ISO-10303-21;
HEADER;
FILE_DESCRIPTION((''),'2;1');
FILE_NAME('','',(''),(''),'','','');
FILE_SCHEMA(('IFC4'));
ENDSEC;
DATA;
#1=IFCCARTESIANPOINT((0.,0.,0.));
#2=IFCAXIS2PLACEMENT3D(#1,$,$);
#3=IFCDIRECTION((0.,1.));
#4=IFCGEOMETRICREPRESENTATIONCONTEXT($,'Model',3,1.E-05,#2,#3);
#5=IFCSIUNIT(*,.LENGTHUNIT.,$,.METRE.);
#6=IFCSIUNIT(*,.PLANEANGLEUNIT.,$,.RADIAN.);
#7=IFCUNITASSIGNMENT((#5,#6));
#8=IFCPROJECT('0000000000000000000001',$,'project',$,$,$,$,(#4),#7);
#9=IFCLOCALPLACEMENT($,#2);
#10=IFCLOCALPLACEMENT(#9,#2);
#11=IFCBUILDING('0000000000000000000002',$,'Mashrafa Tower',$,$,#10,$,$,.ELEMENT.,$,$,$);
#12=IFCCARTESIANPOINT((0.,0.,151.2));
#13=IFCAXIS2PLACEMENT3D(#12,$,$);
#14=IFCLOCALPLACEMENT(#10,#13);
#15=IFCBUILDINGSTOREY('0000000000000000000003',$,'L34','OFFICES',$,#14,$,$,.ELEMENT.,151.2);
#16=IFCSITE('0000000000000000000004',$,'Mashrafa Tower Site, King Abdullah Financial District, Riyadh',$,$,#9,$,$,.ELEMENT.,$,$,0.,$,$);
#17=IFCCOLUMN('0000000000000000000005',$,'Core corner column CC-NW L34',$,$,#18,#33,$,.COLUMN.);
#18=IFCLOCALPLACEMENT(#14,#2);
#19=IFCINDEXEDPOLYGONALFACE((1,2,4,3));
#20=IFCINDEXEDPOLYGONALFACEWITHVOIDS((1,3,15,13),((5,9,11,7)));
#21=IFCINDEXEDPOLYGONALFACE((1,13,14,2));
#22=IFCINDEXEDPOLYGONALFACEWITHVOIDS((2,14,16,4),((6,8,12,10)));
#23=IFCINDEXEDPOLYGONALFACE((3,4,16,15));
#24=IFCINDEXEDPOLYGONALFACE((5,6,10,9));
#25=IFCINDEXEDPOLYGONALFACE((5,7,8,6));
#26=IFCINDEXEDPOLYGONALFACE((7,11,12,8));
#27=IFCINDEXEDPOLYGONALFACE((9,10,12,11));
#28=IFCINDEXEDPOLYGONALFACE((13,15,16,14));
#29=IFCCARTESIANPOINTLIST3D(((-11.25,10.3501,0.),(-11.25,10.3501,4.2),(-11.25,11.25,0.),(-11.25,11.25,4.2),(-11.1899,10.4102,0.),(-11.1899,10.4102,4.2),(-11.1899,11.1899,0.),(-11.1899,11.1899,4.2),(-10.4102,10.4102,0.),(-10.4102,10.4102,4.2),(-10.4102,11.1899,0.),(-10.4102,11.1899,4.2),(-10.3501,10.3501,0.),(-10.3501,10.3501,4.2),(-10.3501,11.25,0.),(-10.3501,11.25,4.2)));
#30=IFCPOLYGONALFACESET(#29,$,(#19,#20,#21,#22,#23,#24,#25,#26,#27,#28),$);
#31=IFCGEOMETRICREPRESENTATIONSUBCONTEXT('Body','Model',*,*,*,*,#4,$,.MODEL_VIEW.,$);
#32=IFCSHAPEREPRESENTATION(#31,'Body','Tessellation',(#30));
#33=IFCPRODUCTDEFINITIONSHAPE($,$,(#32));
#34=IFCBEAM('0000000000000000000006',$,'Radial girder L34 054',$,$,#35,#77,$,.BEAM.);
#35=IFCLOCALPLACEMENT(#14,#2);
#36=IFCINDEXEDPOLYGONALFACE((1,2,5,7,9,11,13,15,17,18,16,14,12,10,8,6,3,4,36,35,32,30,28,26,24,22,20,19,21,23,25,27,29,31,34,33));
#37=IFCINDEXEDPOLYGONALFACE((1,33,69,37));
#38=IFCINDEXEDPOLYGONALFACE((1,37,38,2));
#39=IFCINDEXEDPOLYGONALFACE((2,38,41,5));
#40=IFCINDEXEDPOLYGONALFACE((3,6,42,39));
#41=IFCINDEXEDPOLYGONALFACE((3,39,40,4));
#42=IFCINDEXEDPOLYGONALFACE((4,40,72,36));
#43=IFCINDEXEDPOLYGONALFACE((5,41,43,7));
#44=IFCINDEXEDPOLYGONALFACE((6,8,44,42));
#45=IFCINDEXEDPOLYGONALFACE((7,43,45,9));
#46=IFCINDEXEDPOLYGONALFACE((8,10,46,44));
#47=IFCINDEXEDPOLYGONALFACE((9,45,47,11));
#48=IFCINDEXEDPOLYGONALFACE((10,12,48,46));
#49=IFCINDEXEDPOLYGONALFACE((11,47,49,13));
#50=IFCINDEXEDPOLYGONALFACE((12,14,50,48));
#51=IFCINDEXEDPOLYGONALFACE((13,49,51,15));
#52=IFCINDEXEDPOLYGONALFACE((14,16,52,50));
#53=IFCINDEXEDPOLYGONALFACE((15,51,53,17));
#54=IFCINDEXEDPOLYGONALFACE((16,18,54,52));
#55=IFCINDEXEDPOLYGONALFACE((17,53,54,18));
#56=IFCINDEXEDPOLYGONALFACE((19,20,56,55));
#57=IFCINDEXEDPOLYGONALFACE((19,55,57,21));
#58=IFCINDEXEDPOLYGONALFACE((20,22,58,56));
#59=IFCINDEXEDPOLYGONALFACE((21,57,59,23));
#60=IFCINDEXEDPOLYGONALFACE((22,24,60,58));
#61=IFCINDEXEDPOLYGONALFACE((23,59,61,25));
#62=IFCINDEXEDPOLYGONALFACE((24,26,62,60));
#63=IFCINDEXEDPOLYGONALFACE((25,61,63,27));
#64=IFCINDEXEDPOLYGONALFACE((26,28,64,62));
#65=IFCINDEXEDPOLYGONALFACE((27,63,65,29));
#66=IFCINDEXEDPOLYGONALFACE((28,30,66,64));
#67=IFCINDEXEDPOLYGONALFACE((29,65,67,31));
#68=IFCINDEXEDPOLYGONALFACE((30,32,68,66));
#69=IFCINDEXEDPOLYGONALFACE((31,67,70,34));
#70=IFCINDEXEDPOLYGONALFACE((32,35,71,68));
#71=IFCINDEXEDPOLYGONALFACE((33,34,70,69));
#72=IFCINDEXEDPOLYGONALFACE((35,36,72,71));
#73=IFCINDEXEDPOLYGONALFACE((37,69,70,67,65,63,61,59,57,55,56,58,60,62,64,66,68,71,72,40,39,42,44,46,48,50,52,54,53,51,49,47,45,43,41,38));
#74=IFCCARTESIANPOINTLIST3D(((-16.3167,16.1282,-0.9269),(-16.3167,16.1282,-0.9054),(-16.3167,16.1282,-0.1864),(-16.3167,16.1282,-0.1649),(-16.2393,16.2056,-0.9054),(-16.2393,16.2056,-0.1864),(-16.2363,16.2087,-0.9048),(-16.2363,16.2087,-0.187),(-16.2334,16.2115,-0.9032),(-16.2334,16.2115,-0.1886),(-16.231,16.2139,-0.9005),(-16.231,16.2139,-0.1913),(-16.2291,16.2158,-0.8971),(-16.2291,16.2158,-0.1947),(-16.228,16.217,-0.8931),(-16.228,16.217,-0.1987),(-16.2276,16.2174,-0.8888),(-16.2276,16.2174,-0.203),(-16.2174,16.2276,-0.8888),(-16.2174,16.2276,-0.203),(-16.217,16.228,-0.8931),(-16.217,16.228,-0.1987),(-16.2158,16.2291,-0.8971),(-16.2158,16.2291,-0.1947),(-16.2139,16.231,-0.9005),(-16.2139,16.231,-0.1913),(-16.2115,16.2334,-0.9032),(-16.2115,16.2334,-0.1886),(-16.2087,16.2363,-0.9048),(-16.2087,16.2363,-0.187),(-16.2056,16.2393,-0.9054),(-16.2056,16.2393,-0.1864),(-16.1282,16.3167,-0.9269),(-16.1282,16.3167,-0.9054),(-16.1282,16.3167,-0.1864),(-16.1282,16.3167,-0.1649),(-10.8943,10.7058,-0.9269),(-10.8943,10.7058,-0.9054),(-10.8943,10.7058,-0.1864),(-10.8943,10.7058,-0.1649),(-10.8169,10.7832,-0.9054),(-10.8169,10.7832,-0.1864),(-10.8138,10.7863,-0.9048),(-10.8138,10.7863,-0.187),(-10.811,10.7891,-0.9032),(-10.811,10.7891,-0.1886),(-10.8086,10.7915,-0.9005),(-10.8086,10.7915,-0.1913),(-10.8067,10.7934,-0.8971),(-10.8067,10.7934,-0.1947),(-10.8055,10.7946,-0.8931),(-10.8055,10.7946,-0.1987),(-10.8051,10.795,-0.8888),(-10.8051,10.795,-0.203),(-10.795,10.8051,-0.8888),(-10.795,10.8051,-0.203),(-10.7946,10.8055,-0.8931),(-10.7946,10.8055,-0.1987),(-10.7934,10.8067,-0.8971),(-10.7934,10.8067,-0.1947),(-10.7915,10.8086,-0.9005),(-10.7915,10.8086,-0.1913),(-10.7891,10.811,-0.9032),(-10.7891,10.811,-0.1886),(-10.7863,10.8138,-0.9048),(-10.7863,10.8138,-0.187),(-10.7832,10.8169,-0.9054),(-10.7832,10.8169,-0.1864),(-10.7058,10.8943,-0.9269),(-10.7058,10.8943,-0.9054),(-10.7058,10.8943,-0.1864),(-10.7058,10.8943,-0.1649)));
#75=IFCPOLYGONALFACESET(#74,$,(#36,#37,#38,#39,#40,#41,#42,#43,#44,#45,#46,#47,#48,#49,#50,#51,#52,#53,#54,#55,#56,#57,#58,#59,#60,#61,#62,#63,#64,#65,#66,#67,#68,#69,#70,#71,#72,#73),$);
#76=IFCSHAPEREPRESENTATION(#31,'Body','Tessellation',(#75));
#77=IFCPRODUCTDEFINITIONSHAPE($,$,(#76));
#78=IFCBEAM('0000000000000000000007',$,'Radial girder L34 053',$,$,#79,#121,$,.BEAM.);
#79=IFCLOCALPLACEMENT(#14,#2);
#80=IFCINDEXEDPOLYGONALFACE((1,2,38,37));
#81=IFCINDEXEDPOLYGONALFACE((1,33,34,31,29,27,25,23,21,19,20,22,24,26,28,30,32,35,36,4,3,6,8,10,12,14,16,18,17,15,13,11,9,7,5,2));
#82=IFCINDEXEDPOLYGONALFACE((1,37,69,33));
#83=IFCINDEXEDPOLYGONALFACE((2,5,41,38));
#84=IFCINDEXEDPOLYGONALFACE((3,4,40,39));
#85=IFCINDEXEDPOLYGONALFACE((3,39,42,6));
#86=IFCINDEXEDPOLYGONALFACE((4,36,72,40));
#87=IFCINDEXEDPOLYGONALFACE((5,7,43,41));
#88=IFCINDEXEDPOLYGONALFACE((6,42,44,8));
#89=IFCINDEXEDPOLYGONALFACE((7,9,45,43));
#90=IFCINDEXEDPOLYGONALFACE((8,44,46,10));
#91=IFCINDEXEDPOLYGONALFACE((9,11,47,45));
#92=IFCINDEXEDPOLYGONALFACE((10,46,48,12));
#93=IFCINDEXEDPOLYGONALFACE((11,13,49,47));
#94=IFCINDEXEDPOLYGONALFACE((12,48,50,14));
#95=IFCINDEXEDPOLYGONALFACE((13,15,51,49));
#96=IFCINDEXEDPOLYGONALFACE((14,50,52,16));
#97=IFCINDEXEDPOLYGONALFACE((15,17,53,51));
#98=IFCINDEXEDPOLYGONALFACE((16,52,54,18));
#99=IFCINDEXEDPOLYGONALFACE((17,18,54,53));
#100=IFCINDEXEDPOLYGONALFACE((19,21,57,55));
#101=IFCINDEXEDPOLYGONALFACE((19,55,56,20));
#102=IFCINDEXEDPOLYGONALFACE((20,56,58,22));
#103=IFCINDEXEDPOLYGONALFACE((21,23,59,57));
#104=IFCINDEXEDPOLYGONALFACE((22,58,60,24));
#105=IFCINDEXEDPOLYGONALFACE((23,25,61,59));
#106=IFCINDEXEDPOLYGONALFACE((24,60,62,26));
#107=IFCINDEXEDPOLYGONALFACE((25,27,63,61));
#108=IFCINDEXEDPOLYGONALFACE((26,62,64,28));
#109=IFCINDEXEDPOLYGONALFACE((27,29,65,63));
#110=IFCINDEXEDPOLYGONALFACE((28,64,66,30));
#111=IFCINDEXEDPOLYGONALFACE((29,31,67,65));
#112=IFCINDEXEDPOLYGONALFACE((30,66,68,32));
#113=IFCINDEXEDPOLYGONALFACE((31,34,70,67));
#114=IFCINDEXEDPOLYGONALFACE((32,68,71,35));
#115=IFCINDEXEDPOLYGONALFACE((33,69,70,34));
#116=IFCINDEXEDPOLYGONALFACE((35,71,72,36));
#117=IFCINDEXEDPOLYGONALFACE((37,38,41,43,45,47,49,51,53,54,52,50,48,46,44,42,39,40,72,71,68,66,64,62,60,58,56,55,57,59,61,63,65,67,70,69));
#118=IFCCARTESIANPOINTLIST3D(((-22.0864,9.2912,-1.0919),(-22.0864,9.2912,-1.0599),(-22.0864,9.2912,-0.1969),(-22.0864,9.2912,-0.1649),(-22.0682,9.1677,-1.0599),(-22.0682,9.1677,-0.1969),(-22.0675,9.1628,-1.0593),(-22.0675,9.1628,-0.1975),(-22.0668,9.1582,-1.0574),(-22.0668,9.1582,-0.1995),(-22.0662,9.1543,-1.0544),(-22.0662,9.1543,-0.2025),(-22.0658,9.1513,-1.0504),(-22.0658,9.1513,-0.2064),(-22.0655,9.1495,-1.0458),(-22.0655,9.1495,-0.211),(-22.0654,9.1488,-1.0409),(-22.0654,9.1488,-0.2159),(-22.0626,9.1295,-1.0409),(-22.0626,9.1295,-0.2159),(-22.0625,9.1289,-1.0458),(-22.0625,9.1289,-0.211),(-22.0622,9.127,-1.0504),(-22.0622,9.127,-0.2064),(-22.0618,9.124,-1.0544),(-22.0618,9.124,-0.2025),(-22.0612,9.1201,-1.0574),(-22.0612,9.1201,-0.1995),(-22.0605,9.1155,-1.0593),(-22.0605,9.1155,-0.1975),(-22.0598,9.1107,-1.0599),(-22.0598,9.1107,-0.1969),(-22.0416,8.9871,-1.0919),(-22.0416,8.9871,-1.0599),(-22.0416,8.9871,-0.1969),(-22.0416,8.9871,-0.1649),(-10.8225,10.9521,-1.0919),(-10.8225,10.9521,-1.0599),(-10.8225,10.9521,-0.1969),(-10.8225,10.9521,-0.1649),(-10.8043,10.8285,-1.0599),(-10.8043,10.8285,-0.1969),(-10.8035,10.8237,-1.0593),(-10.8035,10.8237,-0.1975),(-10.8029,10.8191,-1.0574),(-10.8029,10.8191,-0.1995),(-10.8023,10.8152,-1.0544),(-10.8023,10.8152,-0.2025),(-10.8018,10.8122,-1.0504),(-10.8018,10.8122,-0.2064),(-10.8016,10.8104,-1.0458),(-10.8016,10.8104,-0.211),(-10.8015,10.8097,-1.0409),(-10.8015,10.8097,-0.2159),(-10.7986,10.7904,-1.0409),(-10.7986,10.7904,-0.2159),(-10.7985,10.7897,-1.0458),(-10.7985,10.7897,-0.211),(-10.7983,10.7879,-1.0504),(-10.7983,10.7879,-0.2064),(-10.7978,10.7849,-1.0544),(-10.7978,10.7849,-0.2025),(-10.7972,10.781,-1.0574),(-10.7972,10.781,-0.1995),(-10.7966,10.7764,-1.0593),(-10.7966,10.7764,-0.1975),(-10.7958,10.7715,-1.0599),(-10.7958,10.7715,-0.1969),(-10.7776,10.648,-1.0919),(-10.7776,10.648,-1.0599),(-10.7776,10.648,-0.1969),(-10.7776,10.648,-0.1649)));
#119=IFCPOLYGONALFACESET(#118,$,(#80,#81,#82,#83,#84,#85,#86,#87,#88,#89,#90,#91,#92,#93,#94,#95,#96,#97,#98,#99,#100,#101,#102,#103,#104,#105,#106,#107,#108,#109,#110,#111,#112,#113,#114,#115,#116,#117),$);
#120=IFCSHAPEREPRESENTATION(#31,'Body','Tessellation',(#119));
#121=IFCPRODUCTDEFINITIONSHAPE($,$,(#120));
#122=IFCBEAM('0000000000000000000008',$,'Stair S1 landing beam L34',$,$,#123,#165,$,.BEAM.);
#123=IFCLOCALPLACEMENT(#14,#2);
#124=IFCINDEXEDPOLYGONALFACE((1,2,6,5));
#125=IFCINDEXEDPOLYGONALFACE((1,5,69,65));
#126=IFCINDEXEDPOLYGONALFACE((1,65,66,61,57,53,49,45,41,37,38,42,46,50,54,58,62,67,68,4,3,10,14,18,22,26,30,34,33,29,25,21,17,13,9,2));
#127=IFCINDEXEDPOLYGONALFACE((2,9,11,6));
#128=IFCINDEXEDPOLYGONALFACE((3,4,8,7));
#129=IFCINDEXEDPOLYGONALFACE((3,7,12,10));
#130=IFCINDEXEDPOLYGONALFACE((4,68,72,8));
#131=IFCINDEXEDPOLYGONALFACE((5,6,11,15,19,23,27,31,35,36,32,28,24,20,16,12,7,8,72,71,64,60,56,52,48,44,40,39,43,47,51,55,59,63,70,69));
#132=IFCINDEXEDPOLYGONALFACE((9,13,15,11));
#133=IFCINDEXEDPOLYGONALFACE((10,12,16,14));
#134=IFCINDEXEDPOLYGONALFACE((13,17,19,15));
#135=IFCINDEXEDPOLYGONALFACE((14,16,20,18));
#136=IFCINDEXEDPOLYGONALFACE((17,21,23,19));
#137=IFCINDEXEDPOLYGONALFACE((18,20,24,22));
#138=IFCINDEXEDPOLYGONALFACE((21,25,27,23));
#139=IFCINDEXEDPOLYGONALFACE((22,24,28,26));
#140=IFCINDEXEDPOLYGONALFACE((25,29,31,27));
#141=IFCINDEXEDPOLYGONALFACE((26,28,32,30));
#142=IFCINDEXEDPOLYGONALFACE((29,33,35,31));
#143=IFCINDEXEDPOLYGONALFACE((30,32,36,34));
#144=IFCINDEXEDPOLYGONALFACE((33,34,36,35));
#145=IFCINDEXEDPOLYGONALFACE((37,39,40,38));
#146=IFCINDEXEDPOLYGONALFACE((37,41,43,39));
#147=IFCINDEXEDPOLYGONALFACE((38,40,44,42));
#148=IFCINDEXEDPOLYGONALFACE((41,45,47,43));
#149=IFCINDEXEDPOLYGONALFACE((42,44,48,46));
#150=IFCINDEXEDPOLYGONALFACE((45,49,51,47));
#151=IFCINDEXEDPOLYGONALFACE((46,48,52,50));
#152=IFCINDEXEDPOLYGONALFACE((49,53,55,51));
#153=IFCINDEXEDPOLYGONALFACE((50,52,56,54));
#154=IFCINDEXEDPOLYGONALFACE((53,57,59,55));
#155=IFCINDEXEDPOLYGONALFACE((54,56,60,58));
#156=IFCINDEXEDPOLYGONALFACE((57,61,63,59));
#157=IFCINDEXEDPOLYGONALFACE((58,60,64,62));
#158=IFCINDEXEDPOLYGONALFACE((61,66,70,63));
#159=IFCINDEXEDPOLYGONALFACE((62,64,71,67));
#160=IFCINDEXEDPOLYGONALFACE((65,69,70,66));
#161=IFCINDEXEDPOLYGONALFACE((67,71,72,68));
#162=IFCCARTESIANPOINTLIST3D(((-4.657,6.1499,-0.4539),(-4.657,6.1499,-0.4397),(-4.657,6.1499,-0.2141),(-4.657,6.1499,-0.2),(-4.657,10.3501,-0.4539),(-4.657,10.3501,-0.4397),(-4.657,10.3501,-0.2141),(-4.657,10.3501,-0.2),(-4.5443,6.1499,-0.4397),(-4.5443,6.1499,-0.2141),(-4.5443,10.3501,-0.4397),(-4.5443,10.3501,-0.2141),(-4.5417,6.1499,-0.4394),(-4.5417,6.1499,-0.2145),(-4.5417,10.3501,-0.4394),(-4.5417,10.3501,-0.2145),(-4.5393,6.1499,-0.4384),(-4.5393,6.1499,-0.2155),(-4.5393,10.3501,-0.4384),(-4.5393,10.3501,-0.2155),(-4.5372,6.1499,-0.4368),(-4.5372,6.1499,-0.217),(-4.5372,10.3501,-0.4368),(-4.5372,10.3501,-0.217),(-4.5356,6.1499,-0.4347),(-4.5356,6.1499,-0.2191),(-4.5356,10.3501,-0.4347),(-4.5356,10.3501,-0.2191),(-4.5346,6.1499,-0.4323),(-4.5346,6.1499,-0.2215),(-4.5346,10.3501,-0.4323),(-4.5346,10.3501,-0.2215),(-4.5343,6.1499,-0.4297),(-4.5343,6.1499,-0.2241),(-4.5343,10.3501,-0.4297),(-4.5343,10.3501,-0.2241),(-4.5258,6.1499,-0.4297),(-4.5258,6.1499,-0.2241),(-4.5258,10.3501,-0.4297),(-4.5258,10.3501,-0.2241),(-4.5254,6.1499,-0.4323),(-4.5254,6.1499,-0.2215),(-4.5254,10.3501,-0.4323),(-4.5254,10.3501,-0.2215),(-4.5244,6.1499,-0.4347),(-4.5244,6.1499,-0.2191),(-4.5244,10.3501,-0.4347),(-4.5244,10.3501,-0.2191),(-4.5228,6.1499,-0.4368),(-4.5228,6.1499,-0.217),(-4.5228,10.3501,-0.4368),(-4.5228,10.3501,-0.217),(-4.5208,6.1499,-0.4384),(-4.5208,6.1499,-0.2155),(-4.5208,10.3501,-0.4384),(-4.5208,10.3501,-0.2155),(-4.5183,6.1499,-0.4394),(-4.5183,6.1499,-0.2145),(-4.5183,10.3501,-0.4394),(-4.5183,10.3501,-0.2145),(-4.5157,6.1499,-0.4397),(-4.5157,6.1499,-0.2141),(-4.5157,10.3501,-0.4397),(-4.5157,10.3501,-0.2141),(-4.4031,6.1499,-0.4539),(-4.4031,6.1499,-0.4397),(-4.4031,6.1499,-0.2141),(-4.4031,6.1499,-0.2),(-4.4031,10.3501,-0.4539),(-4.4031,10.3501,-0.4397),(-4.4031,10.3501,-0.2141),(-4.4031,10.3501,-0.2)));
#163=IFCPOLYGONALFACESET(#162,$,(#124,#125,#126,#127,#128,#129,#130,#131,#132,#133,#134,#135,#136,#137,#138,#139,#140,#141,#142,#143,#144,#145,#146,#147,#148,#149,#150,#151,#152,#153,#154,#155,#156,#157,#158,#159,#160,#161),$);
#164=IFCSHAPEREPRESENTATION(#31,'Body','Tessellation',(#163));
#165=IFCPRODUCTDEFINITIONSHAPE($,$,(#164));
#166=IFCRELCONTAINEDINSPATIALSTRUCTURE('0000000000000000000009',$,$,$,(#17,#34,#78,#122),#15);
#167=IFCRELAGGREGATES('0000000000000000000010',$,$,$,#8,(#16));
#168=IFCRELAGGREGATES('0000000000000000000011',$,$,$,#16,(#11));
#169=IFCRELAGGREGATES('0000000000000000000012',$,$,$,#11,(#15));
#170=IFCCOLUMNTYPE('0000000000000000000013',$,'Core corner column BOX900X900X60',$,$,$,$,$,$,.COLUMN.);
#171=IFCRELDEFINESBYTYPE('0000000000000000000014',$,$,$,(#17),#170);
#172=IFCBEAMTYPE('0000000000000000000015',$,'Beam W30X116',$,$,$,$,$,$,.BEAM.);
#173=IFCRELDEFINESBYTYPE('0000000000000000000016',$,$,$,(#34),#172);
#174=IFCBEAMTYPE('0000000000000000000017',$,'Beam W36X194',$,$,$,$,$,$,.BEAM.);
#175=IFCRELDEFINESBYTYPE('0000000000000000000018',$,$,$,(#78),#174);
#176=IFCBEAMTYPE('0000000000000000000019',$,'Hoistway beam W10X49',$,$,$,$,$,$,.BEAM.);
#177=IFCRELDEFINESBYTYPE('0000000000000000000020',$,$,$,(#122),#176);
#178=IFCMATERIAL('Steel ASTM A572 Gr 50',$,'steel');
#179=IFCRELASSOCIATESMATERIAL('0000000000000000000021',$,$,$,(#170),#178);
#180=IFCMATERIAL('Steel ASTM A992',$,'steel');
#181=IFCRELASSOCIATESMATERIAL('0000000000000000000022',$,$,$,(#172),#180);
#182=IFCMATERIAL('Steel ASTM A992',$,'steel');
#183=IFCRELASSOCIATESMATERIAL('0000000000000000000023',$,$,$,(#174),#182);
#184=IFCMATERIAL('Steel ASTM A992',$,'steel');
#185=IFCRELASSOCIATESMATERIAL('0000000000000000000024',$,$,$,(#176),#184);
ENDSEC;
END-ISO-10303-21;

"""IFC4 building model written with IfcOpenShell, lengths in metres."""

from ifc_helpers import new_model, si_unit, direction, frame, origin, origin_2d, place, context, subcontext, project, spatial, hollow_rectangle, i_section, extrude, material, material_profile, profile_set, type_object, element, save


model = new_model("IFC4")

# Units and contexts
model_context = context("Model", 3, precision=1e-05, world=origin(), true_north=direction((0.0, 1.0)))
body_context = subcontext(model_context, "Body", "Model", "MODEL_VIEW")
ifc_project = project(units=[si_unit("LENGTHUNIT", "METRE"), si_unit("PLANEANGLEUNIT", "RADIAN")], contexts=[model_context])

# Site, building, storey
site_placement = place(None, origin())
site = spatial("IfcSite", under=ifc_project, at=site_placement, Name="Mashrafa Tower Site, King Abdullah Financial District, Riyadh", CompositionType="ELEMENT", RefElevation=0.0)
building_placement = place(site_placement, origin())
building = spatial("IfcBuilding", under=site, at=building_placement, Name="Mashrafa Tower", CompositionType="ELEMENT")
storey_placement = place(building_placement, frame((0.0, 0.0, 151.2)))
storey = spatial("IfcBuildingStorey", under=building, at=storey_placement, Name="L34", Description="OFFICES", CompositionType="ELEMENT", Elevation=151.2)

# Column
ifc_material_1 = material(Name="Steel ASTM A572 Gr 50", Category="steel")
ifc_material_profile_1 = material_profile(ifc_material_1, hollow_rectangle(XDim=0.8999, YDim=0.8999, WallThickness=0.0601, at=origin_2d()), Name="BOX900X900X60")
ifc_profile_set_1 = profile_set([ifc_material_profile_1], Name="Steel ASTM A572 Gr 50")
column_type = type_object("IfcColumnType", Name="Core corner column BOX900X900X60", PredefinedType="COLUMN", material=ifc_profile_set_1)
column_placement = place(storey_placement, frame((-10.8, 10.8, 0.0), z_axis=(0.0, 0.0, 1.0), x_axis=(1.0, 0.0, 0.0)))
element("IfcColumn", 1, at=column_placement, inside=storey, type_object=column_type, Name="Core corner column CC-NW L34", PredefinedType="COLUMN", context=body_context, shape_type="SweptSolid", body=[
    extrude(hollow_rectangle(XDim=0.8999, YDim=0.8999, WallThickness=0.0601, at=origin_2d()), origin(), (0.0, 0.0, 1.0), 4.2),
])

# Beams
ifc_material_2 = material(Name="Steel ASTM A992", Category="steel")
ifc_material_profile_2 = material_profile(ifc_material_2, i_section(OverallWidth=0.2666, OverallDepth=0.762, WebThickness=0.0144, FlangeThickness=0.0215, FilletRadius=0.0166, at=origin_2d()), Name="W30X116")
ifc_profile_set_2 = profile_set([ifc_material_profile_2], Name="Steel ASTM A992")
beam_type_1 = type_object("IfcBeamType", Name="Beam W30X116", PredefinedType="BEAM", material=ifc_profile_set_2)
beam_1_placement = place(storey_placement, frame((-10.8, 10.8, -0.5459), z_axis=(-0.707107, 0.707107, 0.0), x_axis=(-0.707107, -0.707107, 0.0)))
element("IfcBeam", 2, at=beam_1_placement, inside=storey, type_object=beam_type_1, Name="Radial girder L34 054", PredefinedType="BEAM", context=body_context, shape_type="SweptSolid", body=[
    extrude(i_section(OverallWidth=0.2666, OverallDepth=0.762, WebThickness=0.0144, FlangeThickness=0.0215, FilletRadius=0.0166, at=origin_2d()), origin(), (0.0, 0.0, 1.0), 7.6685),
])
ifc_material_3 = material(Name="Steel ASTM A992", Category="steel")
ifc_material_profile_3 = material_profile(ifc_material_3, i_section(OverallWidth=0.3074, OverallDepth=0.927, WebThickness=0.0195, FlangeThickness=0.032, FilletRadius=0.019, at=origin_2d()), Name="W36X194")
ifc_profile_set_3 = profile_set([ifc_material_profile_3], Name="Steel ASTM A992")
beam_type_2 = type_object("IfcBeamType", Name="Beam W36X194", PredefinedType="BEAM", material=ifc_profile_set_3)
beam_2_placement = place(storey_placement, frame((-10.8, 10.8, -0.6284), z_axis=(-0.989303, -0.145875, 0.0), x_axis=(0.145875, -0.989303, 0.0)))
element("IfcBeam", 3, at=beam_2_placement, inside=storey, type_object=beam_type_2, Name="Radial girder L34 053", PredefinedType="BEAM", context=body_context, shape_type="SweptSolid", body=[
    extrude(i_section(OverallWidth=0.3074, OverallDepth=0.927, WebThickness=0.0195, FlangeThickness=0.032, FilletRadius=0.019, at=origin_2d()), origin(), (0.0, 0.0, 1.0), 11.3857),
])
ifc_material_4 = material(Name="Steel ASTM A992", Category="steel")
ifc_material_profile_4 = material_profile(ifc_material_4, i_section(OverallWidth=0.2539, OverallDepth=0.2539, WebThickness=0.0085, FlangeThickness=0.0142, FilletRadius=0.01, at=origin_2d()), Name="W10X49")
ifc_profile_set_4 = profile_set([ifc_material_profile_4], Name="Steel ASTM A992")
beam_type_3 = type_object("IfcBeamType", Name="Hoistway beam W10X49", PredefinedType="BEAM", material=ifc_profile_set_4)
beam_3_placement = place(storey_placement, frame((-4.53, 6.1499, -0.3269), z_axis=(0.0, 1.0, 0.0), x_axis=(-1.0, 0.0, 0.0)))
element("IfcBeam", 4, at=beam_3_placement, inside=storey, type_object=beam_type_3, Name="Stair S1 landing beam L34", PredefinedType="BEAM", context=body_context, shape_type="SweptSolid", body=[
    extrude(i_section(OverallWidth=0.2539, OverallDepth=0.2539, WebThickness=0.0085, FlangeThickness=0.0142, FilletRadius=0.01, at=origin_2d()), origin(), (0.0, 0.0, 1.0), 4.2002),
])

save(model, "model.ifc")
